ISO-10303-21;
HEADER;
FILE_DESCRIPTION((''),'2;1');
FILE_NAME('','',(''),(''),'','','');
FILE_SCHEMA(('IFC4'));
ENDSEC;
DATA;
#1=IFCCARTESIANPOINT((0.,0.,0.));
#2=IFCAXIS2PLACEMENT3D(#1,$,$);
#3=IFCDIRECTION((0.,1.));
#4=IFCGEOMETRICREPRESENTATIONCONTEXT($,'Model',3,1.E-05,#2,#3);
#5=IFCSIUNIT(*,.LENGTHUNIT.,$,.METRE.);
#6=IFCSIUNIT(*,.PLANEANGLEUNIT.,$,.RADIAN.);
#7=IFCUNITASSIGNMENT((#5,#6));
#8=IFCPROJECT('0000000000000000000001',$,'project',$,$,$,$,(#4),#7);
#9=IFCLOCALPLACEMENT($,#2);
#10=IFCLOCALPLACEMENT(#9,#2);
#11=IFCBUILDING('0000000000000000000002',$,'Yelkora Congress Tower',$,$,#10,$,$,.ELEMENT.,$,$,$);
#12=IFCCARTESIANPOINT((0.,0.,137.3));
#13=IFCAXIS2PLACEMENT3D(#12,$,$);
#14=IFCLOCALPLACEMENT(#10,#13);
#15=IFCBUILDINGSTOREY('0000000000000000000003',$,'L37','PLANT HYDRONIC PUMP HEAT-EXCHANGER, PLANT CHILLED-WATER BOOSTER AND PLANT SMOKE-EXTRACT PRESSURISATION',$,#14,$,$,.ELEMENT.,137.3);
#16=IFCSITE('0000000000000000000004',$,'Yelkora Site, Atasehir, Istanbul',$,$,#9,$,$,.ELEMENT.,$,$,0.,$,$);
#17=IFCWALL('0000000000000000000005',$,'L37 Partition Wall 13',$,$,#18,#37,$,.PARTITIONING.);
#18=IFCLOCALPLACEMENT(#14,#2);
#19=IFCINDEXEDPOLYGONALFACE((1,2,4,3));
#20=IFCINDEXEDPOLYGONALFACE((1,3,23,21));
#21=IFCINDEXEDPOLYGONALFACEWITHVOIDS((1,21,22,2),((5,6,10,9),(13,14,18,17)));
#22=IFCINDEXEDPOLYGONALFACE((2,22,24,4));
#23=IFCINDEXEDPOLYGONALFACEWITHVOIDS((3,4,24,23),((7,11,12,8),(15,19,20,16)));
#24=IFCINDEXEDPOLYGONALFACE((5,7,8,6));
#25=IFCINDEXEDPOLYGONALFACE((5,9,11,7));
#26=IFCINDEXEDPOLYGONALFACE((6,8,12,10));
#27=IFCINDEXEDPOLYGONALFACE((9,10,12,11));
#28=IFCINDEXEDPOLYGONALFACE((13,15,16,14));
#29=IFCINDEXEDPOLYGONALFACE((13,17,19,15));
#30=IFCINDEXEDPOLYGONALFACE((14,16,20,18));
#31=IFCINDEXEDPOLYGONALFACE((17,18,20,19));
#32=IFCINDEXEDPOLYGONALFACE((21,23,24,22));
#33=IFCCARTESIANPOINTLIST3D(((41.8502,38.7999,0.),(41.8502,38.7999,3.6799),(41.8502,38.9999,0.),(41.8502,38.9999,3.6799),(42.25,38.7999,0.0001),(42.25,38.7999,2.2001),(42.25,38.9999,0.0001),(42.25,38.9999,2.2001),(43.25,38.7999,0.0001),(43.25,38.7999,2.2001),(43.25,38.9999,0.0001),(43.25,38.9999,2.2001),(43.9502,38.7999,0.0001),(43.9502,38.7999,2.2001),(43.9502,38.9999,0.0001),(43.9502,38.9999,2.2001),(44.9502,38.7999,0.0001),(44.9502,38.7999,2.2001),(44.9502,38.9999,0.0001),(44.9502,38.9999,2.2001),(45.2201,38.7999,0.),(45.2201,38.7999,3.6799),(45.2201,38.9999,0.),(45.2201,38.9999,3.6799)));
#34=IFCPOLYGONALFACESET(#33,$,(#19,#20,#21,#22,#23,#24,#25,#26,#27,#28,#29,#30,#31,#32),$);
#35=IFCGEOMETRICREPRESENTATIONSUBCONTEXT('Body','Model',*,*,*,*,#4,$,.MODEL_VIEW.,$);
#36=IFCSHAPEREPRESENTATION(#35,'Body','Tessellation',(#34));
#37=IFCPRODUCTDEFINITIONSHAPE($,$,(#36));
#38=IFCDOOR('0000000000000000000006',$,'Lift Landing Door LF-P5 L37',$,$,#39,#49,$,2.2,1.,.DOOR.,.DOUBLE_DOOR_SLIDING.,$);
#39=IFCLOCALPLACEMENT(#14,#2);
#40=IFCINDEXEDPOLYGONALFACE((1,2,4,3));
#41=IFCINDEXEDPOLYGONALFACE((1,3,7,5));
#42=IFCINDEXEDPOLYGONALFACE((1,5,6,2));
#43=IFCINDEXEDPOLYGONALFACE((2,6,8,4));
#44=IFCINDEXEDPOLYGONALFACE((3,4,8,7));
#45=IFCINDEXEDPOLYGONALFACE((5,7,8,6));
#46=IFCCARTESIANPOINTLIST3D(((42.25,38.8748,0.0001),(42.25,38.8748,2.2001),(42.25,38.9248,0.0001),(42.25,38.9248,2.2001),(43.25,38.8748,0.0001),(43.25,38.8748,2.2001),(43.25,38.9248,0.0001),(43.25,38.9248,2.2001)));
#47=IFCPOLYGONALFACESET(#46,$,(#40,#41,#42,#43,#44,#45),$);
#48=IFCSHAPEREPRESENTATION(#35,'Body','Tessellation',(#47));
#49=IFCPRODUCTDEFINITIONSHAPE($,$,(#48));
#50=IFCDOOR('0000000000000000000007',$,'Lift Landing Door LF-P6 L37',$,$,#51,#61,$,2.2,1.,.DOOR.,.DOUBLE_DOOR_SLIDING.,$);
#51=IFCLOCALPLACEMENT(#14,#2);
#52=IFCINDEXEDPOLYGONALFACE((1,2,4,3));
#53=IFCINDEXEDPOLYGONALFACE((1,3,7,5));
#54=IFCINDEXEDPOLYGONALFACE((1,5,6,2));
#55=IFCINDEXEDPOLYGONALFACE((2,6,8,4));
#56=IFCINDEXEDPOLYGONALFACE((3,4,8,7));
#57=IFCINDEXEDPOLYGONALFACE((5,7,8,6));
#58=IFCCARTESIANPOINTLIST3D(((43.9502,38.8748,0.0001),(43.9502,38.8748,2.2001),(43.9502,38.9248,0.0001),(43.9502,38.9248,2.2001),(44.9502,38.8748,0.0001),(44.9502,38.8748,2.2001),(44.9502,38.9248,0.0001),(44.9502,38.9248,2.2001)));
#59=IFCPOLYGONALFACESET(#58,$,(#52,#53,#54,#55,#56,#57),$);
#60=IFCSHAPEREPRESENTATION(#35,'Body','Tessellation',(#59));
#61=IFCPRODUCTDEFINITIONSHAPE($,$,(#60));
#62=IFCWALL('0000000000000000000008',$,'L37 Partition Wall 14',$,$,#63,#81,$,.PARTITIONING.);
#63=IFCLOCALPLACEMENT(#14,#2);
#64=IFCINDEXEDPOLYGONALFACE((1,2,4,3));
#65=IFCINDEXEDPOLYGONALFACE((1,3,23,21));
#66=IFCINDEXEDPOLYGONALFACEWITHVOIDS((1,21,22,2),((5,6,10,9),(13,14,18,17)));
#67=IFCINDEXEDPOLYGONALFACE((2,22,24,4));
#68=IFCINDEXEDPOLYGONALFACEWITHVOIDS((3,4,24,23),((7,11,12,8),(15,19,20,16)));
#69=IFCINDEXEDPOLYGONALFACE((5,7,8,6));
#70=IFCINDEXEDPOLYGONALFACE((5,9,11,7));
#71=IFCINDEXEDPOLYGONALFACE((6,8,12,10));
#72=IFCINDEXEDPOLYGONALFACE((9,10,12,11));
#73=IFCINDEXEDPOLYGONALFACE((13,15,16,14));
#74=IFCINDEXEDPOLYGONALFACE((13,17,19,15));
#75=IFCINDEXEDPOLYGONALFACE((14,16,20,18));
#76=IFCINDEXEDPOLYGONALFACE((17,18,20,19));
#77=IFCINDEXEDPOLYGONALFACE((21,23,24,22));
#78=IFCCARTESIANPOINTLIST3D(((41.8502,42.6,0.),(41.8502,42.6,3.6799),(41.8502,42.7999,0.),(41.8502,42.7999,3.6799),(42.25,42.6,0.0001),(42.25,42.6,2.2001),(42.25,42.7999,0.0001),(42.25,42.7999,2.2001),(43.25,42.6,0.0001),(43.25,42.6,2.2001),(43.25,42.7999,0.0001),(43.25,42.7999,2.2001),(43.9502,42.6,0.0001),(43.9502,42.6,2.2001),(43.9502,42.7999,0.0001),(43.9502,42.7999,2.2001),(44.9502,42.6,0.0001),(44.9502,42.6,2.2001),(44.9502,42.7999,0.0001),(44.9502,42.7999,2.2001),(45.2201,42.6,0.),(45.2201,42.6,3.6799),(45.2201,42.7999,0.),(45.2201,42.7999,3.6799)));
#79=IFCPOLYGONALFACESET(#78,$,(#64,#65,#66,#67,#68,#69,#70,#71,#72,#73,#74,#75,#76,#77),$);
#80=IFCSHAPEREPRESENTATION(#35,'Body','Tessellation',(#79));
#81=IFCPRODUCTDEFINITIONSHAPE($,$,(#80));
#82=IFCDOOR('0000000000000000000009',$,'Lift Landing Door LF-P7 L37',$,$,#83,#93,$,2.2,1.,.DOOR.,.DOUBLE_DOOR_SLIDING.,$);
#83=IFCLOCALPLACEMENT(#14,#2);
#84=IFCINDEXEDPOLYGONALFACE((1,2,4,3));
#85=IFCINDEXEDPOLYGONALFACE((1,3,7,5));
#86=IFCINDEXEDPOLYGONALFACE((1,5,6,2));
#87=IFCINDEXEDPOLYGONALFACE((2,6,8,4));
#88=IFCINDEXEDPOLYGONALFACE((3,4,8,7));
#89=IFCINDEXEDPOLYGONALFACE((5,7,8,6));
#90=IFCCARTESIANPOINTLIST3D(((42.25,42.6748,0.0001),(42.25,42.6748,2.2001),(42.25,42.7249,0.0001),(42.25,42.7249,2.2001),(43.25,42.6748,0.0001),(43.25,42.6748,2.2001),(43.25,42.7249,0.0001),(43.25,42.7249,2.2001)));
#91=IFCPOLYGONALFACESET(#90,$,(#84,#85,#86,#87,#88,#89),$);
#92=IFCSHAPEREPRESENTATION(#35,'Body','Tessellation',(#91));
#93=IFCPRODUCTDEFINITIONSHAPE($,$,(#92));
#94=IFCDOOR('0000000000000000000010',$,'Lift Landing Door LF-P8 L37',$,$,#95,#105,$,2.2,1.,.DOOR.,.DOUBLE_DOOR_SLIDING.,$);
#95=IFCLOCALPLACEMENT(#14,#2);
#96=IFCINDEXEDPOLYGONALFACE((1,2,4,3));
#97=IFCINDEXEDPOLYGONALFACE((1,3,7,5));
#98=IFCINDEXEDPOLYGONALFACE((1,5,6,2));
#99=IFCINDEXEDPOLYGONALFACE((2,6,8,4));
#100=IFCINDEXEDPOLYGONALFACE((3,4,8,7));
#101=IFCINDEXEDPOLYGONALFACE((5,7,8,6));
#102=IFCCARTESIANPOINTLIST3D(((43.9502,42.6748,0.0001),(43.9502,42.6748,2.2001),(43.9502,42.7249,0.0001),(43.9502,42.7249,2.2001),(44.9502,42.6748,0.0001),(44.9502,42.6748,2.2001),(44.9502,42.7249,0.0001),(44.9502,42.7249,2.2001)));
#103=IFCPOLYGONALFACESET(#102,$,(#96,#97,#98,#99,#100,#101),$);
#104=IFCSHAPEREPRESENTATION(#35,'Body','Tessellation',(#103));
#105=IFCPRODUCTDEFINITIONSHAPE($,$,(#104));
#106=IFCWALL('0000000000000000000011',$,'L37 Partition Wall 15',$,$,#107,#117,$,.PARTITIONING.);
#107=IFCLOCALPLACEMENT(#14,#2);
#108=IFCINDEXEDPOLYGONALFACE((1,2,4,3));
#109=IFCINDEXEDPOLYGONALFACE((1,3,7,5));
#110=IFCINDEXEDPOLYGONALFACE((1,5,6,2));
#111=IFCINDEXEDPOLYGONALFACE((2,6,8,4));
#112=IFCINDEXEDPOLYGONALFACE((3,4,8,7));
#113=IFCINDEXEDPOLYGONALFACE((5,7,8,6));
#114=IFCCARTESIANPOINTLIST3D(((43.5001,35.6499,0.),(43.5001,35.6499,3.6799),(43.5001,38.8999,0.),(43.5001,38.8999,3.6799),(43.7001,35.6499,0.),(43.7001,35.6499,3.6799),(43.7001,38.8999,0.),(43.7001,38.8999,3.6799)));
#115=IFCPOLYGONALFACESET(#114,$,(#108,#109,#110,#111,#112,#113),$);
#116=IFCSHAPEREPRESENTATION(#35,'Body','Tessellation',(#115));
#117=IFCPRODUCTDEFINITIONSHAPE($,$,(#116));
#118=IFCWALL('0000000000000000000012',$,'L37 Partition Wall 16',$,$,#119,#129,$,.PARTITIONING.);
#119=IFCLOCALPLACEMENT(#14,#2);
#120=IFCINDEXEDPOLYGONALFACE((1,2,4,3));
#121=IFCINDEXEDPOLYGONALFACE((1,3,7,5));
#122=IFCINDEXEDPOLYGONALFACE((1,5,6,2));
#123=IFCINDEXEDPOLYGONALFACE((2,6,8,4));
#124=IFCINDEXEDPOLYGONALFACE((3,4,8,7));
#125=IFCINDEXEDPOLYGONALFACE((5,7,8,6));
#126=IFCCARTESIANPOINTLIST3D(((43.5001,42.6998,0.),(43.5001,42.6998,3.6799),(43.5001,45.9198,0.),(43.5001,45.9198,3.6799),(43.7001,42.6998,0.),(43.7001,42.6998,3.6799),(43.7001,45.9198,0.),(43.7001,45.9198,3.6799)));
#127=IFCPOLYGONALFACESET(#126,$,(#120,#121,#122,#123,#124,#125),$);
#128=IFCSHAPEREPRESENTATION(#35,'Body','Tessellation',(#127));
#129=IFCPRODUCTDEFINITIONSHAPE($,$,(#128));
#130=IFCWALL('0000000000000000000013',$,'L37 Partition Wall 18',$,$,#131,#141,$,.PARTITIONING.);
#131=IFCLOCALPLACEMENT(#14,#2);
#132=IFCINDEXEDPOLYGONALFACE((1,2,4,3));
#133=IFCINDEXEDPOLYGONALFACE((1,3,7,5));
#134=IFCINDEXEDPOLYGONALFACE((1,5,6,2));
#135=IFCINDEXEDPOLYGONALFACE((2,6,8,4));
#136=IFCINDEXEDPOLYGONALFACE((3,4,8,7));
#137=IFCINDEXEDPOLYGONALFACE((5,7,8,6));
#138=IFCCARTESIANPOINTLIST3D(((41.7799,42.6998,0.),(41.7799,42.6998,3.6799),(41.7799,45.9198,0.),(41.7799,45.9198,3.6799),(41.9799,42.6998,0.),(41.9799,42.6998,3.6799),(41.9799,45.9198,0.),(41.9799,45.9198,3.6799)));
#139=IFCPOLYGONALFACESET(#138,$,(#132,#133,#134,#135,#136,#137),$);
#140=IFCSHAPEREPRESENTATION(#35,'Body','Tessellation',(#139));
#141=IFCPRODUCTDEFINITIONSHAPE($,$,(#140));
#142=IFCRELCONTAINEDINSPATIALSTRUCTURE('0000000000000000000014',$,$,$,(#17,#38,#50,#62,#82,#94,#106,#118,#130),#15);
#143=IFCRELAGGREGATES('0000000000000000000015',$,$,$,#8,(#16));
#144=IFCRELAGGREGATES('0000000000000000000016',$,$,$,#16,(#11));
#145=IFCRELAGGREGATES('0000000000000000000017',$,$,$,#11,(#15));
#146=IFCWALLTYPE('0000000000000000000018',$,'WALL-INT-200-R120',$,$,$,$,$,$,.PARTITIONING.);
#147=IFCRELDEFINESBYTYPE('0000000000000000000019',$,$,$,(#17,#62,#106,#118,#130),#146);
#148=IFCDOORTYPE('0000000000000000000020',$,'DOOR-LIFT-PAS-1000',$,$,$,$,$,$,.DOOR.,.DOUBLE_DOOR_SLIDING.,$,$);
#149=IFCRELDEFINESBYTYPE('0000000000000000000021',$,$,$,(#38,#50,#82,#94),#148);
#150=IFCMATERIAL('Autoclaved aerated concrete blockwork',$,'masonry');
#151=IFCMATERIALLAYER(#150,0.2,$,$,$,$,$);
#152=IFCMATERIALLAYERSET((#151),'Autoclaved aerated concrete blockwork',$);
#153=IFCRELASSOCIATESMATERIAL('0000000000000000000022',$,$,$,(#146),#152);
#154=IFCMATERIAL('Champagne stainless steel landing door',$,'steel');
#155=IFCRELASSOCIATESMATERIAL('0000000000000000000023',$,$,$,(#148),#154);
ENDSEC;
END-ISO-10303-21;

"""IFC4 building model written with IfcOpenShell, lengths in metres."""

from ifc_helpers import new_model, si_unit, direction, frame, frame_2d, origin, place, context, subcontext, project, spatial, rectangle, extrude, material, layer, layer_set, type_object, element, fill, save


model = new_model("IFC4")

# Units and contexts
model_context = context("Model", 3, precision=1e-05, world=origin(), true_north=direction((0.0, 1.0)))
body_context = subcontext(model_context, "Body", "Model", "MODEL_VIEW")
ifc_project = project(units=[si_unit("LENGTHUNIT", "METRE"), si_unit("PLANEANGLEUNIT", "RADIAN")], contexts=[model_context])

# Site, building, storey
site_placement = place(None, origin())
site = spatial("IfcSite", under=ifc_project, at=site_placement, Name="Yelkora Site, Atasehir, Istanbul", CompositionType="ELEMENT", RefElevation=0.0)
building_placement = place(site_placement, origin())
building = spatial("IfcBuilding", under=site, at=building_placement, Name="Yelkora Congress Tower", CompositionType="ELEMENT")
storey_placement = place(building_placement, frame((0.0, 0.0, 137.3)))
storey = spatial("IfcBuildingStorey", under=building, at=storey_placement, Name="L37", Description="PLANT HYDRONIC PUMP HEAT-EXCHANGER, PLANT CHILLED-WATER BOOSTER AND PLANT SMOKE-EXTRACT PRESSURISATION", CompositionType="ELEMENT", Elevation=137.3)

# Shared definitions
ifc_material_1 = material(Name="Autoclaved aerated concrete blockwork", Category="masonry")
ifc_layer_1 = layer(ifc_material_1, 0.2)
ifc_layer_set_1 = layer_set([ifc_layer_1], Name="Autoclaved aerated concrete blockwork")
wall_type_1 = type_object("IfcWallType", Name="WALL-INT-200-R120", PredefinedType="PARTITIONING", material=ifc_layer_set_1)

# Walls, openings, doors
wall_1_placement = place(storey_placement, frame((41.8501, 38.8999, 0.0), z_axis=(0.0, 0.0, 1.0), x_axis=(1.0, 0.0, 0.0)))
wall_1 = element("IfcWall", 1, at=wall_1_placement, inside=storey, type_object=wall_type_1, Name="L37 Partition Wall 13", PredefinedType="PARTITIONING", context=body_context, shape_type="SweptSolid", body=[
    extrude(rectangle(XDim=3.3699, YDim=0.2, at=frame_2d((1.6851, 0.0))), origin(), (0.0, 0.0, 1.0), 3.6799),
])
opening_1_placement = place(wall_1_placement, frame((0.3999, 0.0, 0.0)))
opening_1 = element("IfcOpeningElement", 2, at=opening_1_placement, cuts=wall_1, PredefinedType="OPENING", context=body_context, shape_type="SweptSolid", body=[
    extrude(rectangle(XDim=1.0, YDim=2.2, at=frame_2d((0.5, 1.1001))), frame((0.0, 0.1099, 0.0), z_axis=(0.0, -1.0, 0.0), x_axis=(1.0, 0.0, 0.0)), (0.0, 0.0, 1.0), 0.22),
])
opening_2_placement = place(wall_1_placement, frame((2.1001, 0.0, 0.0)))
opening_2 = element("IfcOpeningElement", 3, at=opening_2_placement, cuts=wall_1, PredefinedType="OPENING", context=body_context, shape_type="SweptSolid", body=[
    extrude(rectangle(XDim=1.0, YDim=2.2, at=frame_2d((0.5, 1.1001))), frame((0.0, 0.1099, 0.0), z_axis=(0.0, -1.0, 0.0), x_axis=(1.0, 0.0, 0.0)), (0.0, 0.0, 1.0), 0.22),
])
ifc_material_2 = material(Name="Champagne stainless steel landing door", Category="steel")
door_type_1 = type_object("IfcDoorType", Name="DOOR-LIFT-PAS-1000", OperationType="DOUBLE_DOOR_SLIDING", PredefinedType="DOOR", material=ifc_material_2)
door_1_placement = place(opening_1_placement, origin())
door_1 = element("IfcDoor", 4, at=door_1_placement, inside=storey, type_object=door_type_1, Name="Lift Landing Door LF-P5 L37", OperationType="DOUBLE_DOOR_SLIDING", OverallHeight=2.2, OverallWidth=1.0, PredefinedType="DOOR", context=body_context, shape_type="SweptSolid", body=[
    extrude(rectangle(XDim=1.0, YDim=2.2, at=frame_2d((0.5, 1.1001))), frame((0.0, 0.0249, 0.0), z_axis=(0.0, -1.0, 0.0), x_axis=(1.0, 0.0, 0.0)), (0.0, 0.0, 1.0), 0.05),
])
fill(opening_1, door_1)
door_2_placement = place(opening_2_placement, origin())
door_2 = element("IfcDoor", 5, at=door_2_placement, inside=storey, type_object=door_type_1, Name="Lift Landing Door LF-P6 L37", OperationType="DOUBLE_DOOR_SLIDING", OverallHeight=2.2, OverallWidth=1.0, PredefinedType="DOOR", context=body_context, shape_type="SweptSolid", body=[
    extrude(rectangle(XDim=1.0, YDim=2.2, at=frame_2d((0.5, 1.1001))), frame((0.0, 0.0249, 0.0), z_axis=(0.0, -1.0, 0.0), x_axis=(1.0, 0.0, 0.0)), (0.0, 0.0, 1.0), 0.05),
])
fill(opening_2, door_2)
wall_2_placement = place(storey_placement, frame((41.8501, 42.7, 0.0), z_axis=(0.0, 0.0, 1.0), x_axis=(1.0, 0.0, 0.0)))
wall_2 = element("IfcWall", 6, at=wall_2_placement, inside=storey, type_object=wall_type_1, Name="L37 Partition Wall 14", PredefinedType="PARTITIONING", context=body_context, shape_type="SweptSolid", body=[
    extrude(rectangle(XDim=3.3699, YDim=0.2, at=frame_2d((1.6851, 0.0))), origin(), (0.0, 0.0, 1.0), 3.6799),
])
opening_3_placement = place(wall_2_placement, frame((0.3999, 0.0, 0.0)))
opening_3 = element("IfcOpeningElement", 7, at=opening_3_placement, cuts=wall_2, PredefinedType="OPENING", context=body_context, shape_type="SweptSolid", body=[
    extrude(rectangle(XDim=1.0, YDim=2.2, at=frame_2d((0.5, 1.1001))), frame((0.0, 0.1099, 0.0), z_axis=(0.0, -1.0, 0.0), x_axis=(1.0, 0.0, 0.0)), (0.0, 0.0, 1.0), 0.22),
])
opening_4_placement = place(wall_2_placement, frame((2.1001, 0.0, 0.0)))
opening_4 = element("IfcOpeningElement", 8, at=opening_4_placement, cuts=wall_2, PredefinedType="OPENING", context=body_context, shape_type="SweptSolid", body=[
    extrude(rectangle(XDim=1.0, YDim=2.2, at=frame_2d((0.5, 1.1001))), frame((0.0, 0.1099, 0.0), z_axis=(0.0, -1.0, 0.0), x_axis=(1.0, 0.0, 0.0)), (0.0, 0.0, 1.0), 0.22),
])
door_3_placement = place(opening_3_placement, origin())
door_3 = element("IfcDoor", 9, at=door_3_placement, inside=storey, type_object=door_type_1, Name="Lift Landing Door LF-P7 L37", OperationType="DOUBLE_DOOR_SLIDING", OverallHeight=2.2, OverallWidth=1.0, PredefinedType="DOOR", context=body_context, shape_type="SweptSolid", body=[
    extrude(rectangle(XDim=1.0, YDim=2.2, at=frame_2d((0.5, 1.1001))), frame((0.0, 0.0249, 0.0), z_axis=(0.0, -1.0, 0.0), x_axis=(1.0, 0.0, 0.0)), (0.0, 0.0, 1.0), 0.05),
])
fill(opening_3, door_3)
door_4_placement = place(opening_4_placement, origin())
door_4 = element("IfcDoor", 10, at=door_4_placement, inside=storey, type_object=door_type_1, Name="Lift Landing Door LF-P8 L37", OperationType="DOUBLE_DOOR_SLIDING", OverallHeight=2.2, OverallWidth=1.0, PredefinedType="DOOR", context=body_context, shape_type="SweptSolid", body=[
    extrude(rectangle(XDim=1.0, YDim=2.2, at=frame_2d((0.5, 1.1001))), frame((0.0, 0.0249, 0.0), z_axis=(0.0, -1.0, 0.0), x_axis=(1.0, 0.0, 0.0)), (0.0, 0.0, 1.0), 0.05),
])
fill(opening_4, door_4)

# Walls
wall_3_placement = place(storey_placement, frame((43.6001, 35.6499, 0.0), z_axis=(0.0, 0.0, 1.0), x_axis=(0.0, 1.0, 0.0)))
element("IfcWall", 11, at=wall_3_placement, inside=storey, type_object=wall_type_1, Name="L37 Partition Wall 15", PredefinedType="PARTITIONING", context=body_context, shape_type="SweptSolid", body=[
    extrude(rectangle(XDim=3.25, YDim=0.2, at=frame_2d((1.625, 0.0))), origin(), (0.0, 0.0, 1.0), 3.6799),
])
for number, where, z_axis, x_axis, name in (
    (12, (43.6001, 42.7, 0.0), (0.0, 0.0, 1.0), (0.0, 1.0, 0.0), "L37 Partition Wall 16"),
    (13, (41.8799, 42.7, 0.0), (0.0, 0.0, 1.0), (0.0, 1.0, 0.0), "L37 Partition Wall 18"),
):
    element("IfcWall", number, at=place(storey_placement, frame(where, z_axis=z_axis, x_axis=x_axis)), inside=storey, type_object=wall_type_1, Name=name, PredefinedType="PARTITIONING", context=body_context, shape_type="SweptSolid", body=[
        extrude(rectangle(XDim=3.22, YDim=0.2, at=frame_2d((1.6099, 0.0))), origin(), (0.0, 0.0, 1.0), 3.6799),
    ])

save(model, "model.ifc")
